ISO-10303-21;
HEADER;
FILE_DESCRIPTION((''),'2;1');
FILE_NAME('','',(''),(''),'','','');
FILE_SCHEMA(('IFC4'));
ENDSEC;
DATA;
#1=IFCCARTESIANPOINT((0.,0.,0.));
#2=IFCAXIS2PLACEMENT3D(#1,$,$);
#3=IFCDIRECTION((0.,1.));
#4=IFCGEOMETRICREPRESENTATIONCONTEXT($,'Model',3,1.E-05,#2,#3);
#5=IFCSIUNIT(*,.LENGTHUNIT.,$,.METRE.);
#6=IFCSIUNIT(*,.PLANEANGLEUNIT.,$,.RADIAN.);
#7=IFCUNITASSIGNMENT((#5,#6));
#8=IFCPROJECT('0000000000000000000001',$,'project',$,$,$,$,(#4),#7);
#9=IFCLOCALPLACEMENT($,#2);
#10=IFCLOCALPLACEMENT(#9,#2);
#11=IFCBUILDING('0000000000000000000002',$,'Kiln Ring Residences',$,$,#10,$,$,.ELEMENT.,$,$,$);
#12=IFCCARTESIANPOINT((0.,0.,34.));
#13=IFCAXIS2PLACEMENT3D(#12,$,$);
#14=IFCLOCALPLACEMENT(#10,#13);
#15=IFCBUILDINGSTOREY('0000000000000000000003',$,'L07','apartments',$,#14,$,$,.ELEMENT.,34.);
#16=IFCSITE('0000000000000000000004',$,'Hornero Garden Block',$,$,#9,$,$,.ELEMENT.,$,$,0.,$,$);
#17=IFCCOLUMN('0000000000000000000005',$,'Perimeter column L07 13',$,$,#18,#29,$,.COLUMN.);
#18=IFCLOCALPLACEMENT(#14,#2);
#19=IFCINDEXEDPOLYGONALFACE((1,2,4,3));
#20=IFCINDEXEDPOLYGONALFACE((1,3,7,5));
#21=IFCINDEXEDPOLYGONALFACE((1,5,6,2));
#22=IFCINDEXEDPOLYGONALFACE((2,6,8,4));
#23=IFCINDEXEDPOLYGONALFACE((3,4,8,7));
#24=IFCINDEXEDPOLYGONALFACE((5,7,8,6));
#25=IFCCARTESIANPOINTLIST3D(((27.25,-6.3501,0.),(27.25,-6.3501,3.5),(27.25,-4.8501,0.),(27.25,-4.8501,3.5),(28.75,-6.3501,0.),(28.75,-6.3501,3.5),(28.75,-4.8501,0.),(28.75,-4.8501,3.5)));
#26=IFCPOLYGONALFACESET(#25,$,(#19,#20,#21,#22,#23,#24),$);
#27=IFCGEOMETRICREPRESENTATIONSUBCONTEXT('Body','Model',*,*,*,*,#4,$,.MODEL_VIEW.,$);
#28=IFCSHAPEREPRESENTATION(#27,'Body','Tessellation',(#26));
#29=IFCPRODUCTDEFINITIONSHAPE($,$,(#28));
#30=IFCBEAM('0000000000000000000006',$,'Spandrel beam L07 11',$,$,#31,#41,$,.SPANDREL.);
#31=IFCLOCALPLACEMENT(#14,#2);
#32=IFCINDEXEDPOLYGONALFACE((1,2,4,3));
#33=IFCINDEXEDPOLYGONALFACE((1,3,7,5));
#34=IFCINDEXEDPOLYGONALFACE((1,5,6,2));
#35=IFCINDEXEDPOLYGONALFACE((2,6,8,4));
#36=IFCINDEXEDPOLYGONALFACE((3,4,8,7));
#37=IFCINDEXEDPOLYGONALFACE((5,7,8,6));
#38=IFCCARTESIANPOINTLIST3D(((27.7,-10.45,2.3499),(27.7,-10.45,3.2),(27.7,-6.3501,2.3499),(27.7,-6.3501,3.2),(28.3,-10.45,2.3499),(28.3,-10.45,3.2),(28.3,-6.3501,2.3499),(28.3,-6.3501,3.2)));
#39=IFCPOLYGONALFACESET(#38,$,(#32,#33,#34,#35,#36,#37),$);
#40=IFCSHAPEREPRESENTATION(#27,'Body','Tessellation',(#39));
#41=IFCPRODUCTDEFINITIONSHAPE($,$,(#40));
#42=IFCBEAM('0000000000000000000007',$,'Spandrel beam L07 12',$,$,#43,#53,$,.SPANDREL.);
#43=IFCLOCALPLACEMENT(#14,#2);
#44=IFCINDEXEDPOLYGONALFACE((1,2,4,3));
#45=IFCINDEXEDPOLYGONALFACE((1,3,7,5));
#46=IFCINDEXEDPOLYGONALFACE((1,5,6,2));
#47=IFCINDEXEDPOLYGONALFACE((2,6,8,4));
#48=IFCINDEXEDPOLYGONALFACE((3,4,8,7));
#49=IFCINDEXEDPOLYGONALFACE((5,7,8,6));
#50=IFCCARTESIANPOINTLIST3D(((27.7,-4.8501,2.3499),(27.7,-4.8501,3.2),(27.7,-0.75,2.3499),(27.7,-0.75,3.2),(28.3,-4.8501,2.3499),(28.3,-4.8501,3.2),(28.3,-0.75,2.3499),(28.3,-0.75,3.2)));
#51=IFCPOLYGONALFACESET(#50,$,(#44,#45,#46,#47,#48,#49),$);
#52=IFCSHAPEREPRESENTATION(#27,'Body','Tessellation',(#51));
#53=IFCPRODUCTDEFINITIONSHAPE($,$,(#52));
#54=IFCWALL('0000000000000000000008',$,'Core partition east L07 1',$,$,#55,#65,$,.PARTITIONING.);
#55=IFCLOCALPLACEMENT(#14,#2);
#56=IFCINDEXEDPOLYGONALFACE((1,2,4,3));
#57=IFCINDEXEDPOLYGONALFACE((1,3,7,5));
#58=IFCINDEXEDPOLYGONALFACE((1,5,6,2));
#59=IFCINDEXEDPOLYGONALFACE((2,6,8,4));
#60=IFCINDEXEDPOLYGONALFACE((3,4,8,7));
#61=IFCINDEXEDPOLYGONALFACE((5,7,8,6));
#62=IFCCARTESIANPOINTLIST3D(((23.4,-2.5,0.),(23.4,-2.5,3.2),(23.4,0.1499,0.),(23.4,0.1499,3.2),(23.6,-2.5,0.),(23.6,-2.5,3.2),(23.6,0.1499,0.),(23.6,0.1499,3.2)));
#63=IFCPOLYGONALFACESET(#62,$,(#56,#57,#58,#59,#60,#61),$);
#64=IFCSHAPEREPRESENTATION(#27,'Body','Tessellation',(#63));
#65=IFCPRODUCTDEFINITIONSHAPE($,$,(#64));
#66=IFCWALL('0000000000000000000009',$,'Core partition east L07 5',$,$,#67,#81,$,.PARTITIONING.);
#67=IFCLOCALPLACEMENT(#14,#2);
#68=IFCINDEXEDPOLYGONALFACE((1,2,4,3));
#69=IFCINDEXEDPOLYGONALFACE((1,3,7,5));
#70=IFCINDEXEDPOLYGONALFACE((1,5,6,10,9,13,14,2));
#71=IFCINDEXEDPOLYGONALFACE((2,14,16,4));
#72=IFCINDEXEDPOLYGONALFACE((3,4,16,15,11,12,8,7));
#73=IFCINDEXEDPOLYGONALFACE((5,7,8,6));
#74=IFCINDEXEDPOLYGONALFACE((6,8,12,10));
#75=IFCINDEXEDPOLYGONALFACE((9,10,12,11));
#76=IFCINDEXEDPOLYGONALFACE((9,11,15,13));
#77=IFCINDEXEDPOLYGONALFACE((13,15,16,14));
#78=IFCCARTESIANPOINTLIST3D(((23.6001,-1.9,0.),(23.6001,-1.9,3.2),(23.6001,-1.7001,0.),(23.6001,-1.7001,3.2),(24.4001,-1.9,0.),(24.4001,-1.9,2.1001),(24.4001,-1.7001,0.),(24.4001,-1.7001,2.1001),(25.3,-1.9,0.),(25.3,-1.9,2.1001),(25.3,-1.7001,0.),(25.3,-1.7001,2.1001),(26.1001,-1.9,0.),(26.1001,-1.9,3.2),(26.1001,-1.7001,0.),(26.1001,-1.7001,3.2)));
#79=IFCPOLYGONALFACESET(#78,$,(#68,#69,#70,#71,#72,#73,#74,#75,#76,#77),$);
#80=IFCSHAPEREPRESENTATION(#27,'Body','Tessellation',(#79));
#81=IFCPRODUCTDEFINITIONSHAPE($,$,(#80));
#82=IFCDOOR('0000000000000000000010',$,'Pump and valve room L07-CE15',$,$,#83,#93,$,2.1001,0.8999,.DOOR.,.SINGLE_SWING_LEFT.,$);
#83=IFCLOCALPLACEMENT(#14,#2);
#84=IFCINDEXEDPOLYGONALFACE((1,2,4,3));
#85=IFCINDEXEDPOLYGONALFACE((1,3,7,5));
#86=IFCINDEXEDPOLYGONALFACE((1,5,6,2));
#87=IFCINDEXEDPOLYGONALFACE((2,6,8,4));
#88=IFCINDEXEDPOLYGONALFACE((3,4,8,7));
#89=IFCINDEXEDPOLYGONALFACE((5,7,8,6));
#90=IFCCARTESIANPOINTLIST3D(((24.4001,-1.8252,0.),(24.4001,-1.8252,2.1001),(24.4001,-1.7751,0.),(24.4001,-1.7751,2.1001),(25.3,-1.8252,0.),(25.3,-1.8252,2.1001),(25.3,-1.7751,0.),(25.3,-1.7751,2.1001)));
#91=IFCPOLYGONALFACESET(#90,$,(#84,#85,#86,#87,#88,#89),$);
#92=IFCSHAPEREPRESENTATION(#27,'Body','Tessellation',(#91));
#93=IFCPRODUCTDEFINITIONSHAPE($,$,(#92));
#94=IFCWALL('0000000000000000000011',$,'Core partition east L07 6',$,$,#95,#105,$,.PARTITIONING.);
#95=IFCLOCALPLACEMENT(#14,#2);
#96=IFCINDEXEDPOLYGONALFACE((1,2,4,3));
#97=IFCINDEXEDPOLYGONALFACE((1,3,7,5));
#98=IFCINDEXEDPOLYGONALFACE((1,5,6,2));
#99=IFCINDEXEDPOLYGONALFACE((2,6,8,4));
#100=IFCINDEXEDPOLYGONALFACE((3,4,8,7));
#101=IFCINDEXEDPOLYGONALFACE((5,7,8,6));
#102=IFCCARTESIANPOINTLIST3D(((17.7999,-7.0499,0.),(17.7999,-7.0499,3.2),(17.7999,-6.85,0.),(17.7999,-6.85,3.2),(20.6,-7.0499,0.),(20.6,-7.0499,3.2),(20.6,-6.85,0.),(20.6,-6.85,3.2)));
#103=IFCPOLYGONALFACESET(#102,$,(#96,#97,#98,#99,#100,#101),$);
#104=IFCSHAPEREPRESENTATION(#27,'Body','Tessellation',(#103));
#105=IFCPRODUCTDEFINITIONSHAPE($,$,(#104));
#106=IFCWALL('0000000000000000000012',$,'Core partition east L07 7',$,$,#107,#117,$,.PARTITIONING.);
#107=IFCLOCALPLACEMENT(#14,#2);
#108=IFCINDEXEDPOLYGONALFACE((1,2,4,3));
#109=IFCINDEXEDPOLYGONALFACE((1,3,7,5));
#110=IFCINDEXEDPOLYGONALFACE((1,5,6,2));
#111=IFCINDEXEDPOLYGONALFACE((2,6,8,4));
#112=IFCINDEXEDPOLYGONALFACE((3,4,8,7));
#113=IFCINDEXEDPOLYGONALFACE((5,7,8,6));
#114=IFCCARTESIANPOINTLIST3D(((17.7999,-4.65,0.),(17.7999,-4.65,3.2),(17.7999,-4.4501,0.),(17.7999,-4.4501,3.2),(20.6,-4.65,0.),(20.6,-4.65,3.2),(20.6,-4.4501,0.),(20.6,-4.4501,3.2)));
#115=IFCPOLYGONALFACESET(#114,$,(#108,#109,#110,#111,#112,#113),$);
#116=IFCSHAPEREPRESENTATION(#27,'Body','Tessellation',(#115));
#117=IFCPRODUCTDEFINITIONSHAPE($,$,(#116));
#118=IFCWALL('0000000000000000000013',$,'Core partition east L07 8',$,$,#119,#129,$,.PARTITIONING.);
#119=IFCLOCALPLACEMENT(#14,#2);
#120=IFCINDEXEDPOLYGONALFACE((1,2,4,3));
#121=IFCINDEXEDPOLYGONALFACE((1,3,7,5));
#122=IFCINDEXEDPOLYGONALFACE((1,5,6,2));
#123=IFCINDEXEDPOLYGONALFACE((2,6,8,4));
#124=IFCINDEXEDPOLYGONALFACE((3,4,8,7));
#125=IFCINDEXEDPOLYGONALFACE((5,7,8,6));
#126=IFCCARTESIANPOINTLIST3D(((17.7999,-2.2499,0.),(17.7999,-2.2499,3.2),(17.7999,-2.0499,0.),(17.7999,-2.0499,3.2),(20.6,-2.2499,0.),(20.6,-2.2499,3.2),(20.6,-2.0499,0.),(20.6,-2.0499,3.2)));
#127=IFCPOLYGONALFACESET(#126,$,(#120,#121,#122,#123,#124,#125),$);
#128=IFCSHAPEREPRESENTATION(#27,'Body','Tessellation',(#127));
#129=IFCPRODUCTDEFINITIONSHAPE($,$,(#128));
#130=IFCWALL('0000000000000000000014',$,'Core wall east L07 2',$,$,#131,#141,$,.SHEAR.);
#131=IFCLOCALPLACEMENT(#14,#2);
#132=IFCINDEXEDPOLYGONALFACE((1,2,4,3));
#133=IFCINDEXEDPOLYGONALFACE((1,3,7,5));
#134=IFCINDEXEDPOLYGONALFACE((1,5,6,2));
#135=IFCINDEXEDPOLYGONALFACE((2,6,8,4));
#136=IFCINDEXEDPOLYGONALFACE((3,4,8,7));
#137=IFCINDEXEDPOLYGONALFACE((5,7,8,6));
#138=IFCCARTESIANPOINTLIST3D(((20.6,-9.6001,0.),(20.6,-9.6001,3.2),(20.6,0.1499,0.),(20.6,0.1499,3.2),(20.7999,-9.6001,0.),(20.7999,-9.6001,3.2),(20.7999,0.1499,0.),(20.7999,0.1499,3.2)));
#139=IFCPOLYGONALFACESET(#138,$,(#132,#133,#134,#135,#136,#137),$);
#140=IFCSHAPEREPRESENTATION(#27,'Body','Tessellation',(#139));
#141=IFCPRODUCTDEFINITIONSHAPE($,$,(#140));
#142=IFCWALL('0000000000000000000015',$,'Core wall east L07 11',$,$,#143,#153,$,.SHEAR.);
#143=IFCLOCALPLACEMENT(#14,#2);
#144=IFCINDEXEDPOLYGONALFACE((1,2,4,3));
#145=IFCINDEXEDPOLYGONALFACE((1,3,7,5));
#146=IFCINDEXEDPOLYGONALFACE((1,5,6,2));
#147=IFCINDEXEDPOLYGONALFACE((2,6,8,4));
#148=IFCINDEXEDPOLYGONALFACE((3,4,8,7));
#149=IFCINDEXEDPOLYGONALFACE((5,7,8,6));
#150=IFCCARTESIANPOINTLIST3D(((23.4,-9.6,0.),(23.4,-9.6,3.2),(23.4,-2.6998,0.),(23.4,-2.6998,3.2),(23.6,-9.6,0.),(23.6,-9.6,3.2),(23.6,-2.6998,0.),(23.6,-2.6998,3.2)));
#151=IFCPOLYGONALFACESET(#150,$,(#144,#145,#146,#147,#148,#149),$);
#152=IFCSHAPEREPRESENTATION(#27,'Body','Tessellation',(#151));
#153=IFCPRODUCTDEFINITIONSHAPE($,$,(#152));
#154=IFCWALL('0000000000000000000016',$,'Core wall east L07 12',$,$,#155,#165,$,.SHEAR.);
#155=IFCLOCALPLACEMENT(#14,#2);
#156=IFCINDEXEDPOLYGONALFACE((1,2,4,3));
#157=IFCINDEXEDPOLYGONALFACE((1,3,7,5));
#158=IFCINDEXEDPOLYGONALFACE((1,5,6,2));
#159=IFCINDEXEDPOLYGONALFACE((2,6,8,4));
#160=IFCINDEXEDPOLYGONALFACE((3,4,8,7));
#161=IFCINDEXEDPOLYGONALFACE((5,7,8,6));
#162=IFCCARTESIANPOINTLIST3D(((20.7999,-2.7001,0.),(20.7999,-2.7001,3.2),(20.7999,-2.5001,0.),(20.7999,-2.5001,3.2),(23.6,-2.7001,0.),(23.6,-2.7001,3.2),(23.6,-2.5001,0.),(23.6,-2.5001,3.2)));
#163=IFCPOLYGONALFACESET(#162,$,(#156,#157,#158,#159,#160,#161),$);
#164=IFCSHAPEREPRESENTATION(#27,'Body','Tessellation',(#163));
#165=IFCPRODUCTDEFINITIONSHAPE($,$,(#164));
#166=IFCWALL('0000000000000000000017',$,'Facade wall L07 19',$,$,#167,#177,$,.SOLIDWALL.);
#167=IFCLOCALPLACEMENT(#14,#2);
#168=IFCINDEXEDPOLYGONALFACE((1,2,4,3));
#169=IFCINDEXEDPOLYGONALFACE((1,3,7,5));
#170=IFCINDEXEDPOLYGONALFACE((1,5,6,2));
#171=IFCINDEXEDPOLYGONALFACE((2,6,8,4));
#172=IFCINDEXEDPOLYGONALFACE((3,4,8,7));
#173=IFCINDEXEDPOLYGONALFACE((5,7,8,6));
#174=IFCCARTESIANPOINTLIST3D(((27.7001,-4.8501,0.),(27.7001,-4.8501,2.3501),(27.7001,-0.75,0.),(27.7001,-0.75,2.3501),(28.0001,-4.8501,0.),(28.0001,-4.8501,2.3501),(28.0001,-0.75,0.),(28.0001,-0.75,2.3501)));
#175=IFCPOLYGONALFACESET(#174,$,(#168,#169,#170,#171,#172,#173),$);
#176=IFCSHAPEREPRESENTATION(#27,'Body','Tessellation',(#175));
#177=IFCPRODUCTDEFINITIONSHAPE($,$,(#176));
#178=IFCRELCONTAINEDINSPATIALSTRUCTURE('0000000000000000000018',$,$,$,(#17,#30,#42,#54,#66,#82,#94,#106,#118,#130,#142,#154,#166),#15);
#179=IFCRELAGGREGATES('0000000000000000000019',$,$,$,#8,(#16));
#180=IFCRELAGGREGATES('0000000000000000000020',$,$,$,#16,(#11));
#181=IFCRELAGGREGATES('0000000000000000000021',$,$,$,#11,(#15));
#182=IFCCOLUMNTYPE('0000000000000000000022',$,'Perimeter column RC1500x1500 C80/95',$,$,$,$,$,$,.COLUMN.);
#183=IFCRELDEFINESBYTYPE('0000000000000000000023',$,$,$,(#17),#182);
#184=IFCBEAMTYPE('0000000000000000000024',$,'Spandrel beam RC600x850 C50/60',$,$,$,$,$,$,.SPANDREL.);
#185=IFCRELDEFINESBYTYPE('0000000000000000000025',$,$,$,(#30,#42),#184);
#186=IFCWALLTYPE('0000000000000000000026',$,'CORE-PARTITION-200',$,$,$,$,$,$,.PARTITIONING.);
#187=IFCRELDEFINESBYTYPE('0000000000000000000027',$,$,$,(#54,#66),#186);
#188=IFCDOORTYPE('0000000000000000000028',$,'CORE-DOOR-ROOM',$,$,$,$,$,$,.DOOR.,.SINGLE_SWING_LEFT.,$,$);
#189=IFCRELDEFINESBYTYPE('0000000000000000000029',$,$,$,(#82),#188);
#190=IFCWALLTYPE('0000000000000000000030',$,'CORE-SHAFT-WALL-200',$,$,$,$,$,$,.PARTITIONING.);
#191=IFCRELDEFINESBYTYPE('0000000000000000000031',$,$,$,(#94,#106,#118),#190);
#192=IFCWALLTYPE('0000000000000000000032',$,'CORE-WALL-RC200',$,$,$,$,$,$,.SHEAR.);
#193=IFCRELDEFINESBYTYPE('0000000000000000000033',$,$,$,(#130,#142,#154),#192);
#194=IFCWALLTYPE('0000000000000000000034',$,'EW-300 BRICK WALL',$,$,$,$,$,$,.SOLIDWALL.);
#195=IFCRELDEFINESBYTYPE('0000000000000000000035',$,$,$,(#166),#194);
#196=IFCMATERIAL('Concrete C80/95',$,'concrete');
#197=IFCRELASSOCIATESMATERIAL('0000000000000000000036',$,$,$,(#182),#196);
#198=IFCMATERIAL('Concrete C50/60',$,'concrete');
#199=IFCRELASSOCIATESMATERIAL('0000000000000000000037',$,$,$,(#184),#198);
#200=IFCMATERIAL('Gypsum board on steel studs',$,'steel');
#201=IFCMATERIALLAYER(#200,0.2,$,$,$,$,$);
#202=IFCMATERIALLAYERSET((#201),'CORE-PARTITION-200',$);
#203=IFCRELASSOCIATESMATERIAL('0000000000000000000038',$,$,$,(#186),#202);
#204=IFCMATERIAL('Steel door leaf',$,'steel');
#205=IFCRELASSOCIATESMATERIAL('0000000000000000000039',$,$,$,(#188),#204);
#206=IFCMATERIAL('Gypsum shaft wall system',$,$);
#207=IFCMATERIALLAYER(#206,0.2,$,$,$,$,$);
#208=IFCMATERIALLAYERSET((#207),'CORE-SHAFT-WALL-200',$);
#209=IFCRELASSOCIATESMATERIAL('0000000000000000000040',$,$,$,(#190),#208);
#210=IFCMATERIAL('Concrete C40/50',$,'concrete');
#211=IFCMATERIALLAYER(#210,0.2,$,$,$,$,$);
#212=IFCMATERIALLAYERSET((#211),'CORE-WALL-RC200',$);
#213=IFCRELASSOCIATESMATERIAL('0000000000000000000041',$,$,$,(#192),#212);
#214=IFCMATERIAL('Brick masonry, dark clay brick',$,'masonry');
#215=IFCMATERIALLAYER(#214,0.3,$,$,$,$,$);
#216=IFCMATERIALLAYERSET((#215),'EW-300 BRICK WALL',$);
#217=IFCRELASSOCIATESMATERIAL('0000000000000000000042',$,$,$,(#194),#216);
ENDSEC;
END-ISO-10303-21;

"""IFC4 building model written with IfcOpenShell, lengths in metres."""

from ifc_helpers import new_model, si_unit, direction, frame, frame_2d, origin, origin_2d, place, context, subcontext, project, spatial, rectangle, extrude, material, layer, layer_set, material_profile, profile_set, type_object, element, fill, save


model = new_model("IFC4")

# Units and contexts
model_context = context("Model", 3, precision=1e-05, world=origin(), true_north=direction((0.0, 1.0)))
body_context = subcontext(model_context, "Body", "Model", "MODEL_VIEW")
ifc_project = project(units=[si_unit("LENGTHUNIT", "METRE"), si_unit("PLANEANGLEUNIT", "RADIAN")], contexts=[model_context])

# Site, building, storey
site_placement = place(None, origin())
site = spatial("IfcSite", under=ifc_project, at=site_placement, Name="Hornero Garden Block", CompositionType="ELEMENT", RefElevation=0.0)
building_placement = place(site_placement, origin())
building = spatial("IfcBuilding", under=site, at=building_placement, Name="Kiln Ring Residences", CompositionType="ELEMENT")
storey_placement = place(building_placement, frame((0.0, 0.0, 34.0)))
storey = spatial("IfcBuildingStorey", under=building, at=storey_placement, Name="L07", Description="apartments", CompositionType="ELEMENT", Elevation=34.0)

# Column
ifc_material_1 = material(Name="Concrete C80/95", Category="concrete")
ifc_material_profile_1 = material_profile(ifc_material_1, rectangle(XDim=1.5, YDim=1.5, at=origin_2d()), Name="RC1500x1500")
ifc_profile_set_1 = profile_set([ifc_material_profile_1], Name="Concrete C80/95")
column_type = type_object("IfcColumnType", Name="Perimeter column RC1500x1500 C80/95", PredefinedType="COLUMN", material=ifc_profile_set_1)
column_placement = place(storey_placement, frame((28.0, -5.6001, 0.0), z_axis=(0.0, 0.0, 1.0), x_axis=(1.0, 0.0, 0.0)))
element("IfcColumn", 1, at=column_placement, inside=storey, type_object=column_type, Name="Perimeter column L07 13", PredefinedType="COLUMN", context=body_context, shape_type="SweptSolid", body=[
    extrude(rectangle(XDim=1.5, YDim=1.5, at=origin_2d()), origin(), (0.0, 0.0, 1.0), 3.5),
])

# Beams
ifc_material_2 = material(Name="Concrete C50/60", Category="concrete")
ifc_material_profile_2 = material_profile(ifc_material_2, rectangle(XDim=0.6001, YDim=0.8501, at=origin_2d()), Name="RC600x850")
ifc_profile_set_2 = profile_set([ifc_material_profile_2], Name="Concrete C50/60")
beam_type = type_object("IfcBeamType", Name="Spandrel beam RC600x850 C50/60", PredefinedType="SPANDREL", material=ifc_profile_set_2)
beam_1_placement = place(storey_placement, frame((28.0, -10.45, 2.7749), z_axis=(0.0, 1.0, 0.0), x_axis=(-1.0, 0.0, 0.0)))
element("IfcBeam", 2, at=beam_1_placement, inside=storey, type_object=beam_type, Name="Spandrel beam L07 11", PredefinedType="SPANDREL", context=body_context, shape_type="SweptSolid", body=[
    extrude(rectangle(XDim=0.6001, YDim=0.8501, at=origin_2d()), origin(), (0.0, 0.0, 1.0), 4.0999),
])
beam_2_placement = place(storey_placement, frame((28.0, -4.8501, 2.7749), z_axis=(0.0, 1.0, 0.0), x_axis=(-1.0, 0.0, 0.0)))
element("IfcBeam", 3, at=beam_2_placement, inside=storey, type_object=beam_type, Name="Spandrel beam L07 12", PredefinedType="SPANDREL", context=body_context, shape_type="SweptSolid", body=[
    extrude(rectangle(XDim=0.6001, YDim=0.8501, at=origin_2d()), origin(), (0.0, 0.0, 1.0), 4.1001),
])

# Wall
ifc_material_3 = material(Name="Gypsum board on steel studs", Category="steel")
ifc_layer_1 = layer(ifc_material_3, 0.2)
ifc_layer_set_1 = layer_set([ifc_layer_1], Name="CORE-PARTITION-200")
wall_type_1 = type_object("IfcWallType", Name="CORE-PARTITION-200", PredefinedType="PARTITIONING", material=ifc_layer_set_1)
wall_1_placement = place(storey_placement, frame((23.5, -2.5, 0.0), z_axis=(0.0, 0.0, 1.0), x_axis=(0.0, 1.0, 0.0)))
element("IfcWall", 4, at=wall_1_placement, inside=storey, type_object=wall_type_1, Name="Core partition east L07 1", PredefinedType="PARTITIONING", context=body_context, shape_type="SweptSolid", body=[
    extrude(rectangle(XDim=2.6499, YDim=0.2, at=frame_2d((1.325, 0.0))), origin(), (0.0, 0.0, 1.0), 3.2),
])

# Wall, opening, door
wall_2_placement = place(storey_placement, frame((23.6001, -1.8, 0.0), z_axis=(0.0, 0.0, 1.0), x_axis=(1.0, 0.0, 0.0)))
wall_2 = element("IfcWall", 5, at=wall_2_placement, inside=storey, type_object=wall_type_1, Name="Core partition east L07 5", PredefinedType="PARTITIONING", context=body_context, shape_type="SweptSolid", body=[
    extrude(rectangle(XDim=2.5, YDim=0.2, at=frame_2d((1.25, 0.0))), origin(), (0.0, 0.0, 1.0), 3.2),
])
opening_placement = place(wall_2_placement, frame((0.8, 0.0, 0.0)))
opening = element("IfcOpeningElement", 6, at=opening_placement, cuts=wall_2, PredefinedType="OPENING", context=body_context, shape_type="SweptSolid", body=[
    extrude(rectangle(XDim=0.8999, YDim=2.1001, at=frame_2d((0.45, 1.05))), frame((0.0, 0.1099, 0.0), z_axis=(0.0, -1.0, 0.0), x_axis=(1.0, 0.0, 0.0)), (0.0, 0.0, 1.0), 0.22),
])
ifc_material_4 = material(Name="Steel door leaf", Category="steel")
door_type = type_object("IfcDoorType", Name="CORE-DOOR-ROOM", OperationType="SINGLE_SWING_LEFT", PredefinedType="DOOR", material=ifc_material_4)
door_placement = place(opening_placement, origin())
door = element("IfcDoor", 7, at=door_placement, inside=storey, type_object=door_type, Name="Pump and valve room L07-CE15", OperationType="SINGLE_SWING_LEFT", OverallHeight=2.1001, OverallWidth=0.8999, PredefinedType="DOOR", context=body_context, shape_type="SweptSolid", body=[
    extrude(rectangle(XDim=0.8999, YDim=2.1001, at=frame_2d((0.45, 1.05))), frame((0.0, 0.0249, 0.0), z_axis=(0.0, -1.0, 0.0), x_axis=(1.0, 0.0, 0.0)), (0.0, 0.0, 1.0), 0.05),
])
fill(opening, door)

# Walls
ifc_material_5 = material(Name="Gypsum shaft wall system")
ifc_layer_2 = layer(ifc_material_5, 0.2)
ifc_layer_set_2 = layer_set([ifc_layer_2], Name="CORE-SHAFT-WALL-200")
wall_type_2 = type_object("IfcWallType", Name="CORE-SHAFT-WALL-200", PredefinedType="PARTITIONING", material=ifc_layer_set_2)
for number, where, z_axis, x_axis, name in (
    (8, (17.8, -6.95, 0.0), (0.0, 0.0, 1.0), (1.0, 0.0, 0.0), "Core partition east L07 6"),
    (9, (17.8, -4.55, 0.0), (0.0, 0.0, 1.0), (1.0, 0.0, 0.0), "Core partition east L07 7"),
    (10, (17.8, -2.1499, 0.0), (0.0, 0.0, 1.0), (1.0, 0.0, 0.0), "Core partition east L07 8"),
):
    element("IfcWall", number, at=place(storey_placement, frame(where, z_axis=z_axis, x_axis=x_axis)), inside=storey, type_object=wall_type_2, Name=name, PredefinedType="PARTITIONING", context=body_context, shape_type="SweptSolid", body=[
        extrude(rectangle(XDim=2.8, YDim=0.2, at=frame_2d((1.3999, 0.0))), origin(), (0.0, 0.0, 1.0), 3.2),
    ])
ifc_material_6 = material(Name="Concrete C40/50", Category="concrete")
ifc_layer_3 = layer(ifc_material_6, 0.2)
ifc_layer_set_3 = layer_set([ifc_layer_3], Name="CORE-WALL-RC200")
wall_type_3 = type_object("IfcWallType", Name="CORE-WALL-RC200", PredefinedType="SHEAR", material=ifc_layer_set_3)
wall_3_placement = place(storey_placement, frame((20.7, -9.6001, 0.0), z_axis=(0.0, 0.0, 1.0), x_axis=(0.0, 1.0, 0.0)))
element("IfcWall", 11, at=wall_3_placement, inside=storey, type_object=wall_type_3, Name="Core wall east L07 2", PredefinedType="SHEAR", context=body_context, shape_type="SweptSolid", body=[
    extrude(rectangle(XDim=9.75, YDim=0.2, at=frame_2d((4.875, 0.0))), origin(), (0.0, 0.0, 1.0), 3.2),
])
wall_4_placement = place(storey_placement, frame((23.5, -9.6001, 0.0), z_axis=(0.0, 0.0, 1.0), x_axis=(0.0, 1.0, 0.0)))
element("IfcWall", 12, at=wall_4_placement, inside=storey, type_object=wall_type_3, Name="Core wall east L07 11", PredefinedType="SHEAR", context=body_context, shape_type="SweptSolid", body=[
    extrude(rectangle(XDim=6.9001, YDim=0.2, at=frame_2d((3.4502, 0.0))), origin(), (0.0, 0.0, 1.0), 3.2),
])
wall_5_placement = place(storey_placement, frame((20.8, -2.6001, 0.0), z_axis=(0.0, 0.0, 1.0), x_axis=(1.0, 0.0, 0.0)))
element("IfcWall", 13, at=wall_5_placement, inside=storey, type_object=wall_type_3, Name="Core wall east L07 12", PredefinedType="SHEAR", context=body_context, shape_type="SweptSolid", body=[
    extrude(rectangle(XDim=2.8, YDim=0.2, at=frame_2d((1.3999, 0.0))), origin(), (0.0, 0.0, 1.0), 3.2),
])
ifc_material_7 = material(Name="Brick masonry, dark clay brick", Category="masonry")
ifc_layer_4 = layer(ifc_material_7, 0.3)
ifc_layer_set_4 = layer_set([ifc_layer_4], Name="EW-300 BRICK WALL")
wall_type_4 = type_object("IfcWallType", Name="EW-300 BRICK WALL", PredefinedType="SOLIDWALL", material=ifc_layer_set_4)
wall_6_placement = place(storey_placement, frame((27.8501, -4.8501, 0.0), z_axis=(0.0, 0.0, 1.0), x_axis=(0.0, 1.0, 0.0)))
element("IfcWall", 14, at=wall_6_placement, inside=storey, type_object=wall_type_4, Name="Facade wall L07 19", PredefinedType="SOLIDWALL", context=body_context, shape_type="SweptSolid", body=[
    extrude(rectangle(XDim=4.1001, YDim=0.3, at=frame_2d((2.05, 0.0))), origin(), (0.0, 0.0, 1.0), 2.3501),
])

save(model, "model.ifc")
